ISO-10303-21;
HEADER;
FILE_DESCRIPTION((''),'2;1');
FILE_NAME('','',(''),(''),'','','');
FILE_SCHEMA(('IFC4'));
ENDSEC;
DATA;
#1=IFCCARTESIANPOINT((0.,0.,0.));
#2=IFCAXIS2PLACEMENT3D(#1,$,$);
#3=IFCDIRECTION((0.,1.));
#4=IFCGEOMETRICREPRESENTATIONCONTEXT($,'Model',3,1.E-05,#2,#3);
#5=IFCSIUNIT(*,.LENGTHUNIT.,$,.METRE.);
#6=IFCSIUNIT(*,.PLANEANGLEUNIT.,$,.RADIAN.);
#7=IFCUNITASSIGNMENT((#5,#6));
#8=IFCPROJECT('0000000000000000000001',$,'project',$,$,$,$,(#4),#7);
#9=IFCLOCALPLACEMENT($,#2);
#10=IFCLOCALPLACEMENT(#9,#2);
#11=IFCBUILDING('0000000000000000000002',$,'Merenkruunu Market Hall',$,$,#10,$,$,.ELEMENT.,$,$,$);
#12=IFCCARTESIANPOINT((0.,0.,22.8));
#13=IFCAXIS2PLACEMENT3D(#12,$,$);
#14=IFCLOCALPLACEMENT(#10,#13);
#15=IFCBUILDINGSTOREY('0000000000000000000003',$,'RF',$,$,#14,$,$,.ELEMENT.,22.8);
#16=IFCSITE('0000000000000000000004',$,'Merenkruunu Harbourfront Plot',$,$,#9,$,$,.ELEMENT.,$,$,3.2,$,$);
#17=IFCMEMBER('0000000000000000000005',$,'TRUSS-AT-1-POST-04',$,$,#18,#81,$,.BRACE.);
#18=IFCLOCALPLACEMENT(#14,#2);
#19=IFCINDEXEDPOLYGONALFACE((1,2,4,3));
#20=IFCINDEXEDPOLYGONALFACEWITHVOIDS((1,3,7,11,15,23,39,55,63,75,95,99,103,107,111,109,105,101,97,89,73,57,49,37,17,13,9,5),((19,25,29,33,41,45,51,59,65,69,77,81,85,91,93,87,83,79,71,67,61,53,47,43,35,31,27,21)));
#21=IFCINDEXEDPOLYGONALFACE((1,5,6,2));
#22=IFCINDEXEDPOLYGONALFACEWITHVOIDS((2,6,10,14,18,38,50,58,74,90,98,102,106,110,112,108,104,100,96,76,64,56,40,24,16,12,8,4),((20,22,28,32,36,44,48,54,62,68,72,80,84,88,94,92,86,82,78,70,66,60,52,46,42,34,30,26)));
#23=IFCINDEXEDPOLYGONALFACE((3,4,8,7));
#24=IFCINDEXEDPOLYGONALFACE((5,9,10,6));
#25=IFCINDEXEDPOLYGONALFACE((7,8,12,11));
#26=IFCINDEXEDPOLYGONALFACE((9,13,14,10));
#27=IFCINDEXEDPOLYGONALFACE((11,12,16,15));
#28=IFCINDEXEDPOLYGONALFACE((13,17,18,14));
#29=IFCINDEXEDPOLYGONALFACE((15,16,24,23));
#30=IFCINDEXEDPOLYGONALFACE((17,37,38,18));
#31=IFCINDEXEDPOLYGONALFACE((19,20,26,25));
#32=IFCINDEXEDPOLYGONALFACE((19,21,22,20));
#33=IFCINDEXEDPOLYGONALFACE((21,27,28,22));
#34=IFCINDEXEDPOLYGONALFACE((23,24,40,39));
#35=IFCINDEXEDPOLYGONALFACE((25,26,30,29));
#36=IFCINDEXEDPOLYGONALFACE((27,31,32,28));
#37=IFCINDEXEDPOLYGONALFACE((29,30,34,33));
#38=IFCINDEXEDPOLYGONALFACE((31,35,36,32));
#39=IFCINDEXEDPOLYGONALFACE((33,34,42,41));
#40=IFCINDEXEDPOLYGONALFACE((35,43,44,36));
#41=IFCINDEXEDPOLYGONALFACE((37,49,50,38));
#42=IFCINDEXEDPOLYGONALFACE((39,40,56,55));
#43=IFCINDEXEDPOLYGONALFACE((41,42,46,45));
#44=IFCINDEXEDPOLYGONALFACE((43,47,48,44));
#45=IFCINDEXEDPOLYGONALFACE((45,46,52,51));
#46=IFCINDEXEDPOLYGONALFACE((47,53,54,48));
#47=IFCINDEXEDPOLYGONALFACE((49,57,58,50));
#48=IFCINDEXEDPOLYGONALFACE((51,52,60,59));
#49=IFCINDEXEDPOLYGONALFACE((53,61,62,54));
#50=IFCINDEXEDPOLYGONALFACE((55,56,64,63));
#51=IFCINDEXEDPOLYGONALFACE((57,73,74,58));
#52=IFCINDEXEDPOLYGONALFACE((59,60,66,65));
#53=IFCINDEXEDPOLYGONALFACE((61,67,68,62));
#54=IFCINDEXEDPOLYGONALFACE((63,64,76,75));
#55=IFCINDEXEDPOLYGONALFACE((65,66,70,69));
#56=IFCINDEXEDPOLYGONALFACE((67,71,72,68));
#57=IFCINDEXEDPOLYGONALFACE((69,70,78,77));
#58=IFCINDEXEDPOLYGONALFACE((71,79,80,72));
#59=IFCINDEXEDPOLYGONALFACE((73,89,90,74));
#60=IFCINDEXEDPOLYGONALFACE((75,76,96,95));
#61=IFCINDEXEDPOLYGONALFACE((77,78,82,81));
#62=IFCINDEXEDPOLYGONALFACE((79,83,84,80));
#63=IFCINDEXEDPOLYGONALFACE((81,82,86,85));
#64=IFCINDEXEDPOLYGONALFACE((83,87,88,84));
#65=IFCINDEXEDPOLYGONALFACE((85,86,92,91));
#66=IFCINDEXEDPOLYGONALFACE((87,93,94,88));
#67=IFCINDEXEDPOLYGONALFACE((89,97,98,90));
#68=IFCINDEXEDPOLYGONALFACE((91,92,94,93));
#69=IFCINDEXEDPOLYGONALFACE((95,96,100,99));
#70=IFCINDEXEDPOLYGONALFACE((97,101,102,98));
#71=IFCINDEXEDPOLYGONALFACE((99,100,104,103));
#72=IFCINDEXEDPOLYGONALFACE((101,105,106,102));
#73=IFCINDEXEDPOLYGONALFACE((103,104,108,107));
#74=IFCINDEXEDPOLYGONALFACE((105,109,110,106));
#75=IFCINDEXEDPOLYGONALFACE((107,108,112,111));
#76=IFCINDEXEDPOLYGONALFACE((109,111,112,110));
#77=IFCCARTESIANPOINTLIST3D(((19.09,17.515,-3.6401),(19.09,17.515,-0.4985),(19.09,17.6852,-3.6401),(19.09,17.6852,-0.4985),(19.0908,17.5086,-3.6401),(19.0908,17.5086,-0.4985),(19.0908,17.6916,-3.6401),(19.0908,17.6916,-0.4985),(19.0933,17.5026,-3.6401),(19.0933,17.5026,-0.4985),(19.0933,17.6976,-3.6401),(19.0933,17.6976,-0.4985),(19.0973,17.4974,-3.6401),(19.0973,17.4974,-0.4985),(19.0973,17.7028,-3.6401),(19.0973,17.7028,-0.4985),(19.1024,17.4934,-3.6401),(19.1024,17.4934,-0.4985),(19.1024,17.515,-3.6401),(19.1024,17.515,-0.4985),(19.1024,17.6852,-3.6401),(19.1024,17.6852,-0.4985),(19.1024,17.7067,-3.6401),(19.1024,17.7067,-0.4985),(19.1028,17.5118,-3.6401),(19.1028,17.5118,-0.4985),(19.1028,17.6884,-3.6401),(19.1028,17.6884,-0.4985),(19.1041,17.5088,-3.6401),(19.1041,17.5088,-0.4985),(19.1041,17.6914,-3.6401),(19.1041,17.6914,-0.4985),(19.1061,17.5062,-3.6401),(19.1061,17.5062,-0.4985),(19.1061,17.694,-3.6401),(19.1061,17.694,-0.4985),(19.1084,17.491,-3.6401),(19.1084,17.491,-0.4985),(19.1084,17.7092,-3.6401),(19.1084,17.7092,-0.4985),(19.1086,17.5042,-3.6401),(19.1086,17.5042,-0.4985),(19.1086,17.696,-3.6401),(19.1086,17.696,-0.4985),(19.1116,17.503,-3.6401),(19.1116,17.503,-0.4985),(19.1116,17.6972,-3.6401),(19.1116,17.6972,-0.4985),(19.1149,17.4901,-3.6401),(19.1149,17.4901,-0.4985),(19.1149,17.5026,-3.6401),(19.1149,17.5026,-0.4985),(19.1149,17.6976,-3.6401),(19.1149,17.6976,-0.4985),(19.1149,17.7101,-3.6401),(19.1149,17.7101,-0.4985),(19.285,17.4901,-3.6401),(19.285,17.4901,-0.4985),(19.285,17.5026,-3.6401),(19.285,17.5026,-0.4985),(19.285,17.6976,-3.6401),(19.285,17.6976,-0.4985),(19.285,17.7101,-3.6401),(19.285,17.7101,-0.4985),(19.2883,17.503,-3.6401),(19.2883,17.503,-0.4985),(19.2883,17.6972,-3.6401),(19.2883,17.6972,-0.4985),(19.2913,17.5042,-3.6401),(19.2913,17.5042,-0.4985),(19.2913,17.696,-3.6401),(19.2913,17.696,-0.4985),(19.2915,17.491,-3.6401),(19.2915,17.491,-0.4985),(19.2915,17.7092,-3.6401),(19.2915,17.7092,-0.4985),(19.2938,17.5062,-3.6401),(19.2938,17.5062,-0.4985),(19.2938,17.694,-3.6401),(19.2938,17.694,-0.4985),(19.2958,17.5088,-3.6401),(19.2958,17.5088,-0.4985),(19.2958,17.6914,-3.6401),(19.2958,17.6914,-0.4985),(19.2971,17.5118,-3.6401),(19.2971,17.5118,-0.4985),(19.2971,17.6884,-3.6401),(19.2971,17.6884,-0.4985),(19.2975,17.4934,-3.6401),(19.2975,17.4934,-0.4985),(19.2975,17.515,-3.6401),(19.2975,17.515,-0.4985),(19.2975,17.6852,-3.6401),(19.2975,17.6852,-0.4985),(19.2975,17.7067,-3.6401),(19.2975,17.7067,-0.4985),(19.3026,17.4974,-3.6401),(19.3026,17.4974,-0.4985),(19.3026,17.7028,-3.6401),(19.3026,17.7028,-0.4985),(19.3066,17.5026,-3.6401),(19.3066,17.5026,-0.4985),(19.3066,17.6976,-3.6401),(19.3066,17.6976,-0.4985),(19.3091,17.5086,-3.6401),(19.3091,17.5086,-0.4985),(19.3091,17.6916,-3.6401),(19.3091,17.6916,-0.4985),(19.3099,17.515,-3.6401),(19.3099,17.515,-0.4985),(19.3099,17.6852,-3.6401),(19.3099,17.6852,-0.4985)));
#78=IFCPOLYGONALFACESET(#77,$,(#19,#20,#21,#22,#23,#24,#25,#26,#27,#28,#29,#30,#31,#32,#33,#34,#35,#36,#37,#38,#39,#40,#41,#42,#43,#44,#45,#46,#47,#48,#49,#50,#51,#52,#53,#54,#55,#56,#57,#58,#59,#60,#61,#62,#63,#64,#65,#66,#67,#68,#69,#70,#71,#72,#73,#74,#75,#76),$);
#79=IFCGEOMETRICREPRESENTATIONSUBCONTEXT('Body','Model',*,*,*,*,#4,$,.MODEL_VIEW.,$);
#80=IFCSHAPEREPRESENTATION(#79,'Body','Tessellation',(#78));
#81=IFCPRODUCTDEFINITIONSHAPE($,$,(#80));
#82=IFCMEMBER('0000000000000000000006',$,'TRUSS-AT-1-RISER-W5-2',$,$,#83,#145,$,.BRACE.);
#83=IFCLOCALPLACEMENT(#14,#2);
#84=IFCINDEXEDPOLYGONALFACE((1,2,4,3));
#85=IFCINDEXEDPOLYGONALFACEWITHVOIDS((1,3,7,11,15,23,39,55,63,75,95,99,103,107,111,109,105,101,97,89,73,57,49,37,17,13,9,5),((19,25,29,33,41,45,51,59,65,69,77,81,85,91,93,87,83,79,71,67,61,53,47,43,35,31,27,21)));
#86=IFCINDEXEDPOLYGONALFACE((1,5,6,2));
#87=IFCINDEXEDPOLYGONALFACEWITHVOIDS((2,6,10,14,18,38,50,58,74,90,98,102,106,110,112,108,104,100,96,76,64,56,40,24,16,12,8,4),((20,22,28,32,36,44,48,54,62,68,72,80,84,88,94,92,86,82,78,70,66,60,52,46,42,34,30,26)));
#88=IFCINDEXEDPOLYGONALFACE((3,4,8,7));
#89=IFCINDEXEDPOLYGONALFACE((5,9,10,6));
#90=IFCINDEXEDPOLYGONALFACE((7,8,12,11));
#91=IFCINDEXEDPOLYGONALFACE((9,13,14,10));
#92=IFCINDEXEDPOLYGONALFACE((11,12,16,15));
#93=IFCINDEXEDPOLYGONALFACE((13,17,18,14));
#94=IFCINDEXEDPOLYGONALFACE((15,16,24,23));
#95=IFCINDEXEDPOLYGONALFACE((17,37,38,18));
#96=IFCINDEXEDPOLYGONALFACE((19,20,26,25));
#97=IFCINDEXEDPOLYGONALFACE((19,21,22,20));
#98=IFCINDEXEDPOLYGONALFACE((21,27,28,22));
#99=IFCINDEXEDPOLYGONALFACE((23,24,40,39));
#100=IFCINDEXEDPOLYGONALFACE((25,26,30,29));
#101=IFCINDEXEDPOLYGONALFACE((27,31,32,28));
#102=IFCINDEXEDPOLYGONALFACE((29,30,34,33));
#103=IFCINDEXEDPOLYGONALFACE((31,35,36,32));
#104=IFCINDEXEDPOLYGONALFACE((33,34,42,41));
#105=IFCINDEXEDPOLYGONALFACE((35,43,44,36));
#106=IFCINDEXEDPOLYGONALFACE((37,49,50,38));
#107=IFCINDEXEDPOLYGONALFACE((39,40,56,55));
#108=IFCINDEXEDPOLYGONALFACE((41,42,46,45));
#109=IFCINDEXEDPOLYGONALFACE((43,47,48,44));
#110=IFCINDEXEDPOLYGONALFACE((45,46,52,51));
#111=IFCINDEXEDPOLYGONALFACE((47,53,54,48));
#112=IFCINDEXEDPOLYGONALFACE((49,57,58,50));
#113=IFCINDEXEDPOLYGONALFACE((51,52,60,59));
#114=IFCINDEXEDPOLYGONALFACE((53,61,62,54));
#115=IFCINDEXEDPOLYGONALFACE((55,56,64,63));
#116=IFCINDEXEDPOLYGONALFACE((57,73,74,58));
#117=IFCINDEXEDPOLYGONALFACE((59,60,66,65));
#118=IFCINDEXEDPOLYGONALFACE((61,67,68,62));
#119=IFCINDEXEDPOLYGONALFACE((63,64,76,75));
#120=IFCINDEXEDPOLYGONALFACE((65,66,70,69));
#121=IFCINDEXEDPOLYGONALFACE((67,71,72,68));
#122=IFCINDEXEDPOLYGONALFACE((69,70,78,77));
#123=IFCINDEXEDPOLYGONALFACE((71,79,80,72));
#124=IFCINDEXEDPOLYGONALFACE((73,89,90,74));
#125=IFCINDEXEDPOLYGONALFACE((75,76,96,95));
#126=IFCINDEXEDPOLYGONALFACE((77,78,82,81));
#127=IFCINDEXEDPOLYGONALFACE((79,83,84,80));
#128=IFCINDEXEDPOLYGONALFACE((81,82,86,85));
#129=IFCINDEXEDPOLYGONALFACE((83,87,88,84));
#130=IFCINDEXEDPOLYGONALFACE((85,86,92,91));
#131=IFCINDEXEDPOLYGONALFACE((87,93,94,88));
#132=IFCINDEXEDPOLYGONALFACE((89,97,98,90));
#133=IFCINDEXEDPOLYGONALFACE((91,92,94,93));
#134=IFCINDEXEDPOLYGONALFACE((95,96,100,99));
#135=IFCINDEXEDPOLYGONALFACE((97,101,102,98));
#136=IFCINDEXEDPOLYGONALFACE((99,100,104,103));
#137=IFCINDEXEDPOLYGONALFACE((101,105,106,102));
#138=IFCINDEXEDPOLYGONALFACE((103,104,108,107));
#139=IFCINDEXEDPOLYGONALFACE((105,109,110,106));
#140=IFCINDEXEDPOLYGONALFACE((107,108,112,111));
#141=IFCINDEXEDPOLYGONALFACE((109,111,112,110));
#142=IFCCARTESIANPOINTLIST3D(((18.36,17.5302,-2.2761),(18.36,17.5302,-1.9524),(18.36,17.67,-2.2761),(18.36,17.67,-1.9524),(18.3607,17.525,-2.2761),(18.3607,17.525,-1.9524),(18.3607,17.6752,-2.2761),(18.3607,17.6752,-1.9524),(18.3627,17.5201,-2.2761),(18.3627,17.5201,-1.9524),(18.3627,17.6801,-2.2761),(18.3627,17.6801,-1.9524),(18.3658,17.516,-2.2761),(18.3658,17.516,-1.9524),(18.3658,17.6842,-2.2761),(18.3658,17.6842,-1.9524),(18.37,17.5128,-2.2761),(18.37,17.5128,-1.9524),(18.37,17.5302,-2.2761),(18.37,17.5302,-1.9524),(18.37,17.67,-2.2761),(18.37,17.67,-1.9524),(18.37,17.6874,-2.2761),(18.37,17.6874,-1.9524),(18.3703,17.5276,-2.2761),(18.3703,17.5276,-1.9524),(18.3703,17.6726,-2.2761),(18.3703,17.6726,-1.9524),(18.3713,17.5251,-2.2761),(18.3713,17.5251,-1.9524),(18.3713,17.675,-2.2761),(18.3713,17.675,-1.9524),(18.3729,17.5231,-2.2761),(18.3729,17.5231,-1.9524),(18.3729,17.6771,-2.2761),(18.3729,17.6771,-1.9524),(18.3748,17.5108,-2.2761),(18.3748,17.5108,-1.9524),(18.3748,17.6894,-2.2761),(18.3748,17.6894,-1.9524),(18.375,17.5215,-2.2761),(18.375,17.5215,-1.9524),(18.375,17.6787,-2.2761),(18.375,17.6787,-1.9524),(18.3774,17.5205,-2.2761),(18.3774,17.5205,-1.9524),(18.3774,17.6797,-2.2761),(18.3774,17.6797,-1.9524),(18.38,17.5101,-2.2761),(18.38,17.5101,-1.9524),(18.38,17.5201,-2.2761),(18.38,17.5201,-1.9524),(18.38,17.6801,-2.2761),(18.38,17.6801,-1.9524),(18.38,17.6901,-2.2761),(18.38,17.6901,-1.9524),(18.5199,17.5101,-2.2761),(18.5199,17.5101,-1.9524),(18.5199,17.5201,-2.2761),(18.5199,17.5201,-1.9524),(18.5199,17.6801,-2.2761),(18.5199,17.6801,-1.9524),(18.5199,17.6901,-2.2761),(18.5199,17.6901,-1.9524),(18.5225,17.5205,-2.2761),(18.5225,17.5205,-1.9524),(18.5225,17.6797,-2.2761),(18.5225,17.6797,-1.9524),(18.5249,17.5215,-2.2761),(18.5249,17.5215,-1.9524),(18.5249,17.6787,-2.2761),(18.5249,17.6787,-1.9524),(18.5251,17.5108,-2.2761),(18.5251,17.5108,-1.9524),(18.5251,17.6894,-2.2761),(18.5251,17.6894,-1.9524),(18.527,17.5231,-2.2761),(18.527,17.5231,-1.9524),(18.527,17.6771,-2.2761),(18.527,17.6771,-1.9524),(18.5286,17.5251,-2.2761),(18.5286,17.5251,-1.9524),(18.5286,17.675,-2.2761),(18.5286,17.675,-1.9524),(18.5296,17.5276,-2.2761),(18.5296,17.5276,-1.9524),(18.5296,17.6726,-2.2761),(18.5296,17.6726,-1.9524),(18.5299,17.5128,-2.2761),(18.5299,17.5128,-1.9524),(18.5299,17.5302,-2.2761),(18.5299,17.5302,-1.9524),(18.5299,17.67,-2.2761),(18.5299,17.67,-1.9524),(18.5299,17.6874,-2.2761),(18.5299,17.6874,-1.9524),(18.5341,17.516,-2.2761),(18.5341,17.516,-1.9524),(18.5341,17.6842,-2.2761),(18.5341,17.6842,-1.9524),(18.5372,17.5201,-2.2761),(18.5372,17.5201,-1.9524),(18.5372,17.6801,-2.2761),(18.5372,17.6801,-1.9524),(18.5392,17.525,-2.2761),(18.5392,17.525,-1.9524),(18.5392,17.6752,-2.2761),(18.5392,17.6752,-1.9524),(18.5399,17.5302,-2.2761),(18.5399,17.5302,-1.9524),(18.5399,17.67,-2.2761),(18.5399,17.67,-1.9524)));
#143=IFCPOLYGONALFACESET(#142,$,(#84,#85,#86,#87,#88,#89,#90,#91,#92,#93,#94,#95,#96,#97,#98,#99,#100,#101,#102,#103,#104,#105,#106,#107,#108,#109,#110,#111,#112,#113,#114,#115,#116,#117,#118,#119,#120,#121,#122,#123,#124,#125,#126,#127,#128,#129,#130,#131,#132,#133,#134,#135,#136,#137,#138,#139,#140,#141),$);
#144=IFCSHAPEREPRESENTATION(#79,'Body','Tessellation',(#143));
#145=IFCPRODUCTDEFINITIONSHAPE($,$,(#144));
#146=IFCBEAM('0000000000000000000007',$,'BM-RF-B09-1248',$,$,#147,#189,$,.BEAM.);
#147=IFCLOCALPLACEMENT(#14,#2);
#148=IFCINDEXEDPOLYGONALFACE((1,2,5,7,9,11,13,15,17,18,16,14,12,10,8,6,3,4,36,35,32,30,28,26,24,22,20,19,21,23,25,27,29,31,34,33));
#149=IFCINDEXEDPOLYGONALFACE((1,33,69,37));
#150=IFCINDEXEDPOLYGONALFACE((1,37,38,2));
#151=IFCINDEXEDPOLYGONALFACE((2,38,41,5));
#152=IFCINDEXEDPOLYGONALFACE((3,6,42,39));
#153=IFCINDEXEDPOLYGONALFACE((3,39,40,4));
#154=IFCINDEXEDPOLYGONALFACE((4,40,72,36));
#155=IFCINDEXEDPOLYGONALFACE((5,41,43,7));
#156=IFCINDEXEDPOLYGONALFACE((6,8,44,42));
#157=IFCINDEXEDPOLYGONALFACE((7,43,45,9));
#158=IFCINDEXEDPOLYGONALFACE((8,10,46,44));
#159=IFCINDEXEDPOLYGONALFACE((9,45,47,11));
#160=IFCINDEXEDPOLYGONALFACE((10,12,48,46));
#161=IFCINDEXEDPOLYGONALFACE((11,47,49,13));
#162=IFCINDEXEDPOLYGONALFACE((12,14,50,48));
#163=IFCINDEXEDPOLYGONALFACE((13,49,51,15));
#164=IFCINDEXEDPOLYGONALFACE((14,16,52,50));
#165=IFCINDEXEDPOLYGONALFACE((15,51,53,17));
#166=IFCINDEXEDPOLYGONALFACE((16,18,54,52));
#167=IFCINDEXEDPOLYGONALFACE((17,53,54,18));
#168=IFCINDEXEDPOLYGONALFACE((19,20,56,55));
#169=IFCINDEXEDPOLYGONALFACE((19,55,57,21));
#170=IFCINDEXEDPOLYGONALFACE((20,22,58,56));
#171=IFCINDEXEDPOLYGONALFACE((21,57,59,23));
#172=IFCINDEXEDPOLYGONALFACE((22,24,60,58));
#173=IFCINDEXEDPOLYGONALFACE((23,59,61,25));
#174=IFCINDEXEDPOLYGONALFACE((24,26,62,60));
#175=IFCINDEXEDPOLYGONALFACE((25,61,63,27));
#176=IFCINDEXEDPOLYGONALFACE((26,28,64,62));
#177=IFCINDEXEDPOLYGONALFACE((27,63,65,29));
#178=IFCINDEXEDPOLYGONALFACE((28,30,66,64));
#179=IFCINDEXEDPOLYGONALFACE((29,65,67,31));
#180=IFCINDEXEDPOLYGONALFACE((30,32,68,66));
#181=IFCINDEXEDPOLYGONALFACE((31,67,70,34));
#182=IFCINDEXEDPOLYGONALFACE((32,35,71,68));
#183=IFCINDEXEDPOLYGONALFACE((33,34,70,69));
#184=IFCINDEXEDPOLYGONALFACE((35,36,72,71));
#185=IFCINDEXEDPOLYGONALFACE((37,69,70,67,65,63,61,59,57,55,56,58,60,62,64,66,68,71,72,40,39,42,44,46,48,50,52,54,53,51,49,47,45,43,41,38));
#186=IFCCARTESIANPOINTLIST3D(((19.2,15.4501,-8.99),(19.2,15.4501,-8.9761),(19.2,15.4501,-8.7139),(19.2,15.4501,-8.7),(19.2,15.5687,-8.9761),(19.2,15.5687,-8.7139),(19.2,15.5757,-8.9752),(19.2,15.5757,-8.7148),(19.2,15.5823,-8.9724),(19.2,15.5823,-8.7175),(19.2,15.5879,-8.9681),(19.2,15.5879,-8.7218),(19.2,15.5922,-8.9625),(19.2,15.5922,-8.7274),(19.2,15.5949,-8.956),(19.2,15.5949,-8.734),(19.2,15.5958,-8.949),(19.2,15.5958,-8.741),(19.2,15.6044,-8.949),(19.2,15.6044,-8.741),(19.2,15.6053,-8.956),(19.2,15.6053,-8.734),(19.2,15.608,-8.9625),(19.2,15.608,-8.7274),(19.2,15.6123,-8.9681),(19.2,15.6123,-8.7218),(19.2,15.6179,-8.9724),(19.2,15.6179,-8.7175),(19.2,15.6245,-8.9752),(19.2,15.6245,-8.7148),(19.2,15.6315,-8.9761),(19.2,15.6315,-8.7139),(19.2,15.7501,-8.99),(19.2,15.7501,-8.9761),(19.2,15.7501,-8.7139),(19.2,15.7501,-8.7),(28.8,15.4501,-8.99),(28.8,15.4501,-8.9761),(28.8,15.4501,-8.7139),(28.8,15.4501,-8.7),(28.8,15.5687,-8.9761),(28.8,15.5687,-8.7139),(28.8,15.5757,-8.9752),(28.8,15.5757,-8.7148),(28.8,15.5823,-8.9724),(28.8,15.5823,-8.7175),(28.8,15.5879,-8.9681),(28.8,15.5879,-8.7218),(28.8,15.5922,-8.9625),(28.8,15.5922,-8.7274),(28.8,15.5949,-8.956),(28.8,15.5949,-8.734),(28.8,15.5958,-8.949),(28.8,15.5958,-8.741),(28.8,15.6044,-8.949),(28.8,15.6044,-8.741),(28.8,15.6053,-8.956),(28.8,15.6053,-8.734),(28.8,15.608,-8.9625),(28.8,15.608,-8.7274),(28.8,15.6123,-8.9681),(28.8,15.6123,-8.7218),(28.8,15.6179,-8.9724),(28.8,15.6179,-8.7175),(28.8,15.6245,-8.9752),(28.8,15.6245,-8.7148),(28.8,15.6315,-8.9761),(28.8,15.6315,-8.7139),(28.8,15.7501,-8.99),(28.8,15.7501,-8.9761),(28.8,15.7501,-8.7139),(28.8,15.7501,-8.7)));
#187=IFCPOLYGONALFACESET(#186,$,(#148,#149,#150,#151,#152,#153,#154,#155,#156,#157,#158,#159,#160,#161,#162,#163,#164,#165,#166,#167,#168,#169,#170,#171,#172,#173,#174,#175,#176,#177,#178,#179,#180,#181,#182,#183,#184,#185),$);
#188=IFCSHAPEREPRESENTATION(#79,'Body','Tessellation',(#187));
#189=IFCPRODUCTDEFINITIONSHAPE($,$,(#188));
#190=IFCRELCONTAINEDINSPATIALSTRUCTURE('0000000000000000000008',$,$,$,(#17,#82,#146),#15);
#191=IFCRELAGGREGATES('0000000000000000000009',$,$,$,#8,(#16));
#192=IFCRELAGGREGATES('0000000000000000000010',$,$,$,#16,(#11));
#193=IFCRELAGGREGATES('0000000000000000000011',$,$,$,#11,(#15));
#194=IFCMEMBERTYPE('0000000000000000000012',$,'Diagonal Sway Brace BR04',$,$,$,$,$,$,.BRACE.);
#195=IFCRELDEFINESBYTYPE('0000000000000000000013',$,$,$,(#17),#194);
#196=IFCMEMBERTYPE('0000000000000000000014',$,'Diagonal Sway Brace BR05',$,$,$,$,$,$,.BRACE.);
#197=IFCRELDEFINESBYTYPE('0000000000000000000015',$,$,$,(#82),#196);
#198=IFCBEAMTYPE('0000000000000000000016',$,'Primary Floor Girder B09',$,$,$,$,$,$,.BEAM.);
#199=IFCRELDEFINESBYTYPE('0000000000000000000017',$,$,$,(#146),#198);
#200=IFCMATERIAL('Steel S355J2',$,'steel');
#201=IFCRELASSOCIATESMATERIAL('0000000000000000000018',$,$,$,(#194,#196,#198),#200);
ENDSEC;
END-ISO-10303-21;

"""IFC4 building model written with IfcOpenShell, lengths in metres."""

from ifc_helpers import new_model, si_unit, direction, frame, origin, origin_2d, place, context, subcontext, project, spatial, hollow_rectangle, i_section, extrude, material, material_profile, profile_set, type_object, element, save


model = new_model("IFC4")

# Units and contexts
model_context = context("Model", 3, precision=1e-05, world=origin(), true_north=direction((0.0, 1.0)))
body_context = subcontext(model_context, "Body", "Model", "MODEL_VIEW")
ifc_project = project(units=[si_unit("LENGTHUNIT", "METRE"), si_unit("PLANEANGLEUNIT", "RADIAN")], contexts=[model_context])

# Site, building, storey
site_placement = place(None, origin())
site = spatial("IfcSite", under=ifc_project, at=site_placement, Name="Merenkruunu Harbourfront Plot", CompositionType="ELEMENT", RefElevation=3.2)
building_placement = place(site_placement, origin())
building = spatial("IfcBuilding", under=site, at=building_placement, Name="Merenkruunu Market Hall", CompositionType="ELEMENT")
storey_placement = place(building_placement, frame((0.0, 0.0, 22.8)))
storey = spatial("IfcBuildingStorey", under=building, at=storey_placement, Name="RF", CompositionType="ELEMENT", Elevation=22.8)

# Members
ifc_material_1 = material(Name="Steel S355J2", Category="steel")
ifc_material_profile_1 = material_profile(ifc_material_1, hollow_rectangle(XDim=0.22, YDim=0.22, WallThickness=0.0125, InnerFilletRadius=0.0125, OuterFilletRadius=0.0249, at=origin_2d()), Name="SHS 220x220x12.5")
ifc_profile_set_1 = profile_set([ifc_material_profile_1], Name="Steel S355J2")
member_type_1 = type_object("IfcMemberType", Name="Diagonal Sway Brace BR04", PredefinedType="BRACE", material=ifc_profile_set_1)
member_1_placement = place(storey_placement, frame((19.2, 17.6001, -3.6401), z_axis=(0.0, 0.0, 1.0), x_axis=(1.0, 0.0, 0.0)))
element("IfcMember", 1, at=member_1_placement, inside=storey, type_object=member_type_1, Name="TRUSS-AT-1-POST-04", PredefinedType="BRACE", context=body_context, shape_type="SweptSolid", body=[
    extrude(hollow_rectangle(XDim=0.22, YDim=0.22, WallThickness=0.0125, InnerFilletRadius=0.0125, OuterFilletRadius=0.0249, at=origin_2d()), origin(), (0.0, 0.0, 1.0), 3.1416),
])
ifc_material_profile_2 = material_profile(ifc_material_1, hollow_rectangle(XDim=0.1799, YDim=0.1799, WallThickness=0.01, InnerFilletRadius=0.01, OuterFilletRadius=0.02, at=origin_2d()), Name="SHS 180x180x10")
ifc_profile_set_2 = profile_set([ifc_material_profile_2], Name="Steel S355J2")
member_type_2 = type_object("IfcMemberType", Name="Diagonal Sway Brace BR05", PredefinedType="BRACE", material=ifc_profile_set_2)
member_2_placement = place(storey_placement, frame((18.45, 17.6001, -2.2761), z_axis=(0.0, 0.0, 1.0), x_axis=(1.0, 0.0, 0.0)))
element("IfcMember", 2, at=member_2_placement, inside=storey, type_object=member_type_2, Name="TRUSS-AT-1-RISER-W5-2", PredefinedType="BRACE", context=body_context, shape_type="SweptSolid", body=[
    extrude(hollow_rectangle(XDim=0.1799, YDim=0.1799, WallThickness=0.01, InnerFilletRadius=0.01, OuterFilletRadius=0.02, at=origin_2d()), origin(), (0.0, 0.0, 1.0), 0.3237),
])

# Beam
ifc_material_profile_3 = material_profile(ifc_material_1, i_section(OverallWidth=0.3, OverallDepth=0.29, WebThickness=0.0085, FlangeThickness=0.0139, FilletRadius=0.0271, at=origin_2d()), Name="HEA 300")
ifc_profile_set_3 = profile_set([ifc_material_profile_3], Name="Steel S355J2")
beam_type = type_object("IfcBeamType", Name="Primary Floor Girder B09", PredefinedType="BEAM", material=ifc_profile_set_3)
beam_placement = place(storey_placement, frame((19.2, 15.6001, -8.845), z_axis=(1.0, 0.0, 0.0), x_axis=(0.0, 1.0, 0.0)))
element("IfcBeam", 3, at=beam_placement, inside=storey, type_object=beam_type, Name="BM-RF-B09-1248", PredefinedType="BEAM", context=body_context, shape_type="SweptSolid", body=[
    extrude(i_section(OverallWidth=0.3, OverallDepth=0.29, WebThickness=0.0085, FlangeThickness=0.0139, FilletRadius=0.0271, at=origin_2d()), origin(), (0.0, 0.0, 1.0), 9.6001),
])

save(model, "model.ifc")
